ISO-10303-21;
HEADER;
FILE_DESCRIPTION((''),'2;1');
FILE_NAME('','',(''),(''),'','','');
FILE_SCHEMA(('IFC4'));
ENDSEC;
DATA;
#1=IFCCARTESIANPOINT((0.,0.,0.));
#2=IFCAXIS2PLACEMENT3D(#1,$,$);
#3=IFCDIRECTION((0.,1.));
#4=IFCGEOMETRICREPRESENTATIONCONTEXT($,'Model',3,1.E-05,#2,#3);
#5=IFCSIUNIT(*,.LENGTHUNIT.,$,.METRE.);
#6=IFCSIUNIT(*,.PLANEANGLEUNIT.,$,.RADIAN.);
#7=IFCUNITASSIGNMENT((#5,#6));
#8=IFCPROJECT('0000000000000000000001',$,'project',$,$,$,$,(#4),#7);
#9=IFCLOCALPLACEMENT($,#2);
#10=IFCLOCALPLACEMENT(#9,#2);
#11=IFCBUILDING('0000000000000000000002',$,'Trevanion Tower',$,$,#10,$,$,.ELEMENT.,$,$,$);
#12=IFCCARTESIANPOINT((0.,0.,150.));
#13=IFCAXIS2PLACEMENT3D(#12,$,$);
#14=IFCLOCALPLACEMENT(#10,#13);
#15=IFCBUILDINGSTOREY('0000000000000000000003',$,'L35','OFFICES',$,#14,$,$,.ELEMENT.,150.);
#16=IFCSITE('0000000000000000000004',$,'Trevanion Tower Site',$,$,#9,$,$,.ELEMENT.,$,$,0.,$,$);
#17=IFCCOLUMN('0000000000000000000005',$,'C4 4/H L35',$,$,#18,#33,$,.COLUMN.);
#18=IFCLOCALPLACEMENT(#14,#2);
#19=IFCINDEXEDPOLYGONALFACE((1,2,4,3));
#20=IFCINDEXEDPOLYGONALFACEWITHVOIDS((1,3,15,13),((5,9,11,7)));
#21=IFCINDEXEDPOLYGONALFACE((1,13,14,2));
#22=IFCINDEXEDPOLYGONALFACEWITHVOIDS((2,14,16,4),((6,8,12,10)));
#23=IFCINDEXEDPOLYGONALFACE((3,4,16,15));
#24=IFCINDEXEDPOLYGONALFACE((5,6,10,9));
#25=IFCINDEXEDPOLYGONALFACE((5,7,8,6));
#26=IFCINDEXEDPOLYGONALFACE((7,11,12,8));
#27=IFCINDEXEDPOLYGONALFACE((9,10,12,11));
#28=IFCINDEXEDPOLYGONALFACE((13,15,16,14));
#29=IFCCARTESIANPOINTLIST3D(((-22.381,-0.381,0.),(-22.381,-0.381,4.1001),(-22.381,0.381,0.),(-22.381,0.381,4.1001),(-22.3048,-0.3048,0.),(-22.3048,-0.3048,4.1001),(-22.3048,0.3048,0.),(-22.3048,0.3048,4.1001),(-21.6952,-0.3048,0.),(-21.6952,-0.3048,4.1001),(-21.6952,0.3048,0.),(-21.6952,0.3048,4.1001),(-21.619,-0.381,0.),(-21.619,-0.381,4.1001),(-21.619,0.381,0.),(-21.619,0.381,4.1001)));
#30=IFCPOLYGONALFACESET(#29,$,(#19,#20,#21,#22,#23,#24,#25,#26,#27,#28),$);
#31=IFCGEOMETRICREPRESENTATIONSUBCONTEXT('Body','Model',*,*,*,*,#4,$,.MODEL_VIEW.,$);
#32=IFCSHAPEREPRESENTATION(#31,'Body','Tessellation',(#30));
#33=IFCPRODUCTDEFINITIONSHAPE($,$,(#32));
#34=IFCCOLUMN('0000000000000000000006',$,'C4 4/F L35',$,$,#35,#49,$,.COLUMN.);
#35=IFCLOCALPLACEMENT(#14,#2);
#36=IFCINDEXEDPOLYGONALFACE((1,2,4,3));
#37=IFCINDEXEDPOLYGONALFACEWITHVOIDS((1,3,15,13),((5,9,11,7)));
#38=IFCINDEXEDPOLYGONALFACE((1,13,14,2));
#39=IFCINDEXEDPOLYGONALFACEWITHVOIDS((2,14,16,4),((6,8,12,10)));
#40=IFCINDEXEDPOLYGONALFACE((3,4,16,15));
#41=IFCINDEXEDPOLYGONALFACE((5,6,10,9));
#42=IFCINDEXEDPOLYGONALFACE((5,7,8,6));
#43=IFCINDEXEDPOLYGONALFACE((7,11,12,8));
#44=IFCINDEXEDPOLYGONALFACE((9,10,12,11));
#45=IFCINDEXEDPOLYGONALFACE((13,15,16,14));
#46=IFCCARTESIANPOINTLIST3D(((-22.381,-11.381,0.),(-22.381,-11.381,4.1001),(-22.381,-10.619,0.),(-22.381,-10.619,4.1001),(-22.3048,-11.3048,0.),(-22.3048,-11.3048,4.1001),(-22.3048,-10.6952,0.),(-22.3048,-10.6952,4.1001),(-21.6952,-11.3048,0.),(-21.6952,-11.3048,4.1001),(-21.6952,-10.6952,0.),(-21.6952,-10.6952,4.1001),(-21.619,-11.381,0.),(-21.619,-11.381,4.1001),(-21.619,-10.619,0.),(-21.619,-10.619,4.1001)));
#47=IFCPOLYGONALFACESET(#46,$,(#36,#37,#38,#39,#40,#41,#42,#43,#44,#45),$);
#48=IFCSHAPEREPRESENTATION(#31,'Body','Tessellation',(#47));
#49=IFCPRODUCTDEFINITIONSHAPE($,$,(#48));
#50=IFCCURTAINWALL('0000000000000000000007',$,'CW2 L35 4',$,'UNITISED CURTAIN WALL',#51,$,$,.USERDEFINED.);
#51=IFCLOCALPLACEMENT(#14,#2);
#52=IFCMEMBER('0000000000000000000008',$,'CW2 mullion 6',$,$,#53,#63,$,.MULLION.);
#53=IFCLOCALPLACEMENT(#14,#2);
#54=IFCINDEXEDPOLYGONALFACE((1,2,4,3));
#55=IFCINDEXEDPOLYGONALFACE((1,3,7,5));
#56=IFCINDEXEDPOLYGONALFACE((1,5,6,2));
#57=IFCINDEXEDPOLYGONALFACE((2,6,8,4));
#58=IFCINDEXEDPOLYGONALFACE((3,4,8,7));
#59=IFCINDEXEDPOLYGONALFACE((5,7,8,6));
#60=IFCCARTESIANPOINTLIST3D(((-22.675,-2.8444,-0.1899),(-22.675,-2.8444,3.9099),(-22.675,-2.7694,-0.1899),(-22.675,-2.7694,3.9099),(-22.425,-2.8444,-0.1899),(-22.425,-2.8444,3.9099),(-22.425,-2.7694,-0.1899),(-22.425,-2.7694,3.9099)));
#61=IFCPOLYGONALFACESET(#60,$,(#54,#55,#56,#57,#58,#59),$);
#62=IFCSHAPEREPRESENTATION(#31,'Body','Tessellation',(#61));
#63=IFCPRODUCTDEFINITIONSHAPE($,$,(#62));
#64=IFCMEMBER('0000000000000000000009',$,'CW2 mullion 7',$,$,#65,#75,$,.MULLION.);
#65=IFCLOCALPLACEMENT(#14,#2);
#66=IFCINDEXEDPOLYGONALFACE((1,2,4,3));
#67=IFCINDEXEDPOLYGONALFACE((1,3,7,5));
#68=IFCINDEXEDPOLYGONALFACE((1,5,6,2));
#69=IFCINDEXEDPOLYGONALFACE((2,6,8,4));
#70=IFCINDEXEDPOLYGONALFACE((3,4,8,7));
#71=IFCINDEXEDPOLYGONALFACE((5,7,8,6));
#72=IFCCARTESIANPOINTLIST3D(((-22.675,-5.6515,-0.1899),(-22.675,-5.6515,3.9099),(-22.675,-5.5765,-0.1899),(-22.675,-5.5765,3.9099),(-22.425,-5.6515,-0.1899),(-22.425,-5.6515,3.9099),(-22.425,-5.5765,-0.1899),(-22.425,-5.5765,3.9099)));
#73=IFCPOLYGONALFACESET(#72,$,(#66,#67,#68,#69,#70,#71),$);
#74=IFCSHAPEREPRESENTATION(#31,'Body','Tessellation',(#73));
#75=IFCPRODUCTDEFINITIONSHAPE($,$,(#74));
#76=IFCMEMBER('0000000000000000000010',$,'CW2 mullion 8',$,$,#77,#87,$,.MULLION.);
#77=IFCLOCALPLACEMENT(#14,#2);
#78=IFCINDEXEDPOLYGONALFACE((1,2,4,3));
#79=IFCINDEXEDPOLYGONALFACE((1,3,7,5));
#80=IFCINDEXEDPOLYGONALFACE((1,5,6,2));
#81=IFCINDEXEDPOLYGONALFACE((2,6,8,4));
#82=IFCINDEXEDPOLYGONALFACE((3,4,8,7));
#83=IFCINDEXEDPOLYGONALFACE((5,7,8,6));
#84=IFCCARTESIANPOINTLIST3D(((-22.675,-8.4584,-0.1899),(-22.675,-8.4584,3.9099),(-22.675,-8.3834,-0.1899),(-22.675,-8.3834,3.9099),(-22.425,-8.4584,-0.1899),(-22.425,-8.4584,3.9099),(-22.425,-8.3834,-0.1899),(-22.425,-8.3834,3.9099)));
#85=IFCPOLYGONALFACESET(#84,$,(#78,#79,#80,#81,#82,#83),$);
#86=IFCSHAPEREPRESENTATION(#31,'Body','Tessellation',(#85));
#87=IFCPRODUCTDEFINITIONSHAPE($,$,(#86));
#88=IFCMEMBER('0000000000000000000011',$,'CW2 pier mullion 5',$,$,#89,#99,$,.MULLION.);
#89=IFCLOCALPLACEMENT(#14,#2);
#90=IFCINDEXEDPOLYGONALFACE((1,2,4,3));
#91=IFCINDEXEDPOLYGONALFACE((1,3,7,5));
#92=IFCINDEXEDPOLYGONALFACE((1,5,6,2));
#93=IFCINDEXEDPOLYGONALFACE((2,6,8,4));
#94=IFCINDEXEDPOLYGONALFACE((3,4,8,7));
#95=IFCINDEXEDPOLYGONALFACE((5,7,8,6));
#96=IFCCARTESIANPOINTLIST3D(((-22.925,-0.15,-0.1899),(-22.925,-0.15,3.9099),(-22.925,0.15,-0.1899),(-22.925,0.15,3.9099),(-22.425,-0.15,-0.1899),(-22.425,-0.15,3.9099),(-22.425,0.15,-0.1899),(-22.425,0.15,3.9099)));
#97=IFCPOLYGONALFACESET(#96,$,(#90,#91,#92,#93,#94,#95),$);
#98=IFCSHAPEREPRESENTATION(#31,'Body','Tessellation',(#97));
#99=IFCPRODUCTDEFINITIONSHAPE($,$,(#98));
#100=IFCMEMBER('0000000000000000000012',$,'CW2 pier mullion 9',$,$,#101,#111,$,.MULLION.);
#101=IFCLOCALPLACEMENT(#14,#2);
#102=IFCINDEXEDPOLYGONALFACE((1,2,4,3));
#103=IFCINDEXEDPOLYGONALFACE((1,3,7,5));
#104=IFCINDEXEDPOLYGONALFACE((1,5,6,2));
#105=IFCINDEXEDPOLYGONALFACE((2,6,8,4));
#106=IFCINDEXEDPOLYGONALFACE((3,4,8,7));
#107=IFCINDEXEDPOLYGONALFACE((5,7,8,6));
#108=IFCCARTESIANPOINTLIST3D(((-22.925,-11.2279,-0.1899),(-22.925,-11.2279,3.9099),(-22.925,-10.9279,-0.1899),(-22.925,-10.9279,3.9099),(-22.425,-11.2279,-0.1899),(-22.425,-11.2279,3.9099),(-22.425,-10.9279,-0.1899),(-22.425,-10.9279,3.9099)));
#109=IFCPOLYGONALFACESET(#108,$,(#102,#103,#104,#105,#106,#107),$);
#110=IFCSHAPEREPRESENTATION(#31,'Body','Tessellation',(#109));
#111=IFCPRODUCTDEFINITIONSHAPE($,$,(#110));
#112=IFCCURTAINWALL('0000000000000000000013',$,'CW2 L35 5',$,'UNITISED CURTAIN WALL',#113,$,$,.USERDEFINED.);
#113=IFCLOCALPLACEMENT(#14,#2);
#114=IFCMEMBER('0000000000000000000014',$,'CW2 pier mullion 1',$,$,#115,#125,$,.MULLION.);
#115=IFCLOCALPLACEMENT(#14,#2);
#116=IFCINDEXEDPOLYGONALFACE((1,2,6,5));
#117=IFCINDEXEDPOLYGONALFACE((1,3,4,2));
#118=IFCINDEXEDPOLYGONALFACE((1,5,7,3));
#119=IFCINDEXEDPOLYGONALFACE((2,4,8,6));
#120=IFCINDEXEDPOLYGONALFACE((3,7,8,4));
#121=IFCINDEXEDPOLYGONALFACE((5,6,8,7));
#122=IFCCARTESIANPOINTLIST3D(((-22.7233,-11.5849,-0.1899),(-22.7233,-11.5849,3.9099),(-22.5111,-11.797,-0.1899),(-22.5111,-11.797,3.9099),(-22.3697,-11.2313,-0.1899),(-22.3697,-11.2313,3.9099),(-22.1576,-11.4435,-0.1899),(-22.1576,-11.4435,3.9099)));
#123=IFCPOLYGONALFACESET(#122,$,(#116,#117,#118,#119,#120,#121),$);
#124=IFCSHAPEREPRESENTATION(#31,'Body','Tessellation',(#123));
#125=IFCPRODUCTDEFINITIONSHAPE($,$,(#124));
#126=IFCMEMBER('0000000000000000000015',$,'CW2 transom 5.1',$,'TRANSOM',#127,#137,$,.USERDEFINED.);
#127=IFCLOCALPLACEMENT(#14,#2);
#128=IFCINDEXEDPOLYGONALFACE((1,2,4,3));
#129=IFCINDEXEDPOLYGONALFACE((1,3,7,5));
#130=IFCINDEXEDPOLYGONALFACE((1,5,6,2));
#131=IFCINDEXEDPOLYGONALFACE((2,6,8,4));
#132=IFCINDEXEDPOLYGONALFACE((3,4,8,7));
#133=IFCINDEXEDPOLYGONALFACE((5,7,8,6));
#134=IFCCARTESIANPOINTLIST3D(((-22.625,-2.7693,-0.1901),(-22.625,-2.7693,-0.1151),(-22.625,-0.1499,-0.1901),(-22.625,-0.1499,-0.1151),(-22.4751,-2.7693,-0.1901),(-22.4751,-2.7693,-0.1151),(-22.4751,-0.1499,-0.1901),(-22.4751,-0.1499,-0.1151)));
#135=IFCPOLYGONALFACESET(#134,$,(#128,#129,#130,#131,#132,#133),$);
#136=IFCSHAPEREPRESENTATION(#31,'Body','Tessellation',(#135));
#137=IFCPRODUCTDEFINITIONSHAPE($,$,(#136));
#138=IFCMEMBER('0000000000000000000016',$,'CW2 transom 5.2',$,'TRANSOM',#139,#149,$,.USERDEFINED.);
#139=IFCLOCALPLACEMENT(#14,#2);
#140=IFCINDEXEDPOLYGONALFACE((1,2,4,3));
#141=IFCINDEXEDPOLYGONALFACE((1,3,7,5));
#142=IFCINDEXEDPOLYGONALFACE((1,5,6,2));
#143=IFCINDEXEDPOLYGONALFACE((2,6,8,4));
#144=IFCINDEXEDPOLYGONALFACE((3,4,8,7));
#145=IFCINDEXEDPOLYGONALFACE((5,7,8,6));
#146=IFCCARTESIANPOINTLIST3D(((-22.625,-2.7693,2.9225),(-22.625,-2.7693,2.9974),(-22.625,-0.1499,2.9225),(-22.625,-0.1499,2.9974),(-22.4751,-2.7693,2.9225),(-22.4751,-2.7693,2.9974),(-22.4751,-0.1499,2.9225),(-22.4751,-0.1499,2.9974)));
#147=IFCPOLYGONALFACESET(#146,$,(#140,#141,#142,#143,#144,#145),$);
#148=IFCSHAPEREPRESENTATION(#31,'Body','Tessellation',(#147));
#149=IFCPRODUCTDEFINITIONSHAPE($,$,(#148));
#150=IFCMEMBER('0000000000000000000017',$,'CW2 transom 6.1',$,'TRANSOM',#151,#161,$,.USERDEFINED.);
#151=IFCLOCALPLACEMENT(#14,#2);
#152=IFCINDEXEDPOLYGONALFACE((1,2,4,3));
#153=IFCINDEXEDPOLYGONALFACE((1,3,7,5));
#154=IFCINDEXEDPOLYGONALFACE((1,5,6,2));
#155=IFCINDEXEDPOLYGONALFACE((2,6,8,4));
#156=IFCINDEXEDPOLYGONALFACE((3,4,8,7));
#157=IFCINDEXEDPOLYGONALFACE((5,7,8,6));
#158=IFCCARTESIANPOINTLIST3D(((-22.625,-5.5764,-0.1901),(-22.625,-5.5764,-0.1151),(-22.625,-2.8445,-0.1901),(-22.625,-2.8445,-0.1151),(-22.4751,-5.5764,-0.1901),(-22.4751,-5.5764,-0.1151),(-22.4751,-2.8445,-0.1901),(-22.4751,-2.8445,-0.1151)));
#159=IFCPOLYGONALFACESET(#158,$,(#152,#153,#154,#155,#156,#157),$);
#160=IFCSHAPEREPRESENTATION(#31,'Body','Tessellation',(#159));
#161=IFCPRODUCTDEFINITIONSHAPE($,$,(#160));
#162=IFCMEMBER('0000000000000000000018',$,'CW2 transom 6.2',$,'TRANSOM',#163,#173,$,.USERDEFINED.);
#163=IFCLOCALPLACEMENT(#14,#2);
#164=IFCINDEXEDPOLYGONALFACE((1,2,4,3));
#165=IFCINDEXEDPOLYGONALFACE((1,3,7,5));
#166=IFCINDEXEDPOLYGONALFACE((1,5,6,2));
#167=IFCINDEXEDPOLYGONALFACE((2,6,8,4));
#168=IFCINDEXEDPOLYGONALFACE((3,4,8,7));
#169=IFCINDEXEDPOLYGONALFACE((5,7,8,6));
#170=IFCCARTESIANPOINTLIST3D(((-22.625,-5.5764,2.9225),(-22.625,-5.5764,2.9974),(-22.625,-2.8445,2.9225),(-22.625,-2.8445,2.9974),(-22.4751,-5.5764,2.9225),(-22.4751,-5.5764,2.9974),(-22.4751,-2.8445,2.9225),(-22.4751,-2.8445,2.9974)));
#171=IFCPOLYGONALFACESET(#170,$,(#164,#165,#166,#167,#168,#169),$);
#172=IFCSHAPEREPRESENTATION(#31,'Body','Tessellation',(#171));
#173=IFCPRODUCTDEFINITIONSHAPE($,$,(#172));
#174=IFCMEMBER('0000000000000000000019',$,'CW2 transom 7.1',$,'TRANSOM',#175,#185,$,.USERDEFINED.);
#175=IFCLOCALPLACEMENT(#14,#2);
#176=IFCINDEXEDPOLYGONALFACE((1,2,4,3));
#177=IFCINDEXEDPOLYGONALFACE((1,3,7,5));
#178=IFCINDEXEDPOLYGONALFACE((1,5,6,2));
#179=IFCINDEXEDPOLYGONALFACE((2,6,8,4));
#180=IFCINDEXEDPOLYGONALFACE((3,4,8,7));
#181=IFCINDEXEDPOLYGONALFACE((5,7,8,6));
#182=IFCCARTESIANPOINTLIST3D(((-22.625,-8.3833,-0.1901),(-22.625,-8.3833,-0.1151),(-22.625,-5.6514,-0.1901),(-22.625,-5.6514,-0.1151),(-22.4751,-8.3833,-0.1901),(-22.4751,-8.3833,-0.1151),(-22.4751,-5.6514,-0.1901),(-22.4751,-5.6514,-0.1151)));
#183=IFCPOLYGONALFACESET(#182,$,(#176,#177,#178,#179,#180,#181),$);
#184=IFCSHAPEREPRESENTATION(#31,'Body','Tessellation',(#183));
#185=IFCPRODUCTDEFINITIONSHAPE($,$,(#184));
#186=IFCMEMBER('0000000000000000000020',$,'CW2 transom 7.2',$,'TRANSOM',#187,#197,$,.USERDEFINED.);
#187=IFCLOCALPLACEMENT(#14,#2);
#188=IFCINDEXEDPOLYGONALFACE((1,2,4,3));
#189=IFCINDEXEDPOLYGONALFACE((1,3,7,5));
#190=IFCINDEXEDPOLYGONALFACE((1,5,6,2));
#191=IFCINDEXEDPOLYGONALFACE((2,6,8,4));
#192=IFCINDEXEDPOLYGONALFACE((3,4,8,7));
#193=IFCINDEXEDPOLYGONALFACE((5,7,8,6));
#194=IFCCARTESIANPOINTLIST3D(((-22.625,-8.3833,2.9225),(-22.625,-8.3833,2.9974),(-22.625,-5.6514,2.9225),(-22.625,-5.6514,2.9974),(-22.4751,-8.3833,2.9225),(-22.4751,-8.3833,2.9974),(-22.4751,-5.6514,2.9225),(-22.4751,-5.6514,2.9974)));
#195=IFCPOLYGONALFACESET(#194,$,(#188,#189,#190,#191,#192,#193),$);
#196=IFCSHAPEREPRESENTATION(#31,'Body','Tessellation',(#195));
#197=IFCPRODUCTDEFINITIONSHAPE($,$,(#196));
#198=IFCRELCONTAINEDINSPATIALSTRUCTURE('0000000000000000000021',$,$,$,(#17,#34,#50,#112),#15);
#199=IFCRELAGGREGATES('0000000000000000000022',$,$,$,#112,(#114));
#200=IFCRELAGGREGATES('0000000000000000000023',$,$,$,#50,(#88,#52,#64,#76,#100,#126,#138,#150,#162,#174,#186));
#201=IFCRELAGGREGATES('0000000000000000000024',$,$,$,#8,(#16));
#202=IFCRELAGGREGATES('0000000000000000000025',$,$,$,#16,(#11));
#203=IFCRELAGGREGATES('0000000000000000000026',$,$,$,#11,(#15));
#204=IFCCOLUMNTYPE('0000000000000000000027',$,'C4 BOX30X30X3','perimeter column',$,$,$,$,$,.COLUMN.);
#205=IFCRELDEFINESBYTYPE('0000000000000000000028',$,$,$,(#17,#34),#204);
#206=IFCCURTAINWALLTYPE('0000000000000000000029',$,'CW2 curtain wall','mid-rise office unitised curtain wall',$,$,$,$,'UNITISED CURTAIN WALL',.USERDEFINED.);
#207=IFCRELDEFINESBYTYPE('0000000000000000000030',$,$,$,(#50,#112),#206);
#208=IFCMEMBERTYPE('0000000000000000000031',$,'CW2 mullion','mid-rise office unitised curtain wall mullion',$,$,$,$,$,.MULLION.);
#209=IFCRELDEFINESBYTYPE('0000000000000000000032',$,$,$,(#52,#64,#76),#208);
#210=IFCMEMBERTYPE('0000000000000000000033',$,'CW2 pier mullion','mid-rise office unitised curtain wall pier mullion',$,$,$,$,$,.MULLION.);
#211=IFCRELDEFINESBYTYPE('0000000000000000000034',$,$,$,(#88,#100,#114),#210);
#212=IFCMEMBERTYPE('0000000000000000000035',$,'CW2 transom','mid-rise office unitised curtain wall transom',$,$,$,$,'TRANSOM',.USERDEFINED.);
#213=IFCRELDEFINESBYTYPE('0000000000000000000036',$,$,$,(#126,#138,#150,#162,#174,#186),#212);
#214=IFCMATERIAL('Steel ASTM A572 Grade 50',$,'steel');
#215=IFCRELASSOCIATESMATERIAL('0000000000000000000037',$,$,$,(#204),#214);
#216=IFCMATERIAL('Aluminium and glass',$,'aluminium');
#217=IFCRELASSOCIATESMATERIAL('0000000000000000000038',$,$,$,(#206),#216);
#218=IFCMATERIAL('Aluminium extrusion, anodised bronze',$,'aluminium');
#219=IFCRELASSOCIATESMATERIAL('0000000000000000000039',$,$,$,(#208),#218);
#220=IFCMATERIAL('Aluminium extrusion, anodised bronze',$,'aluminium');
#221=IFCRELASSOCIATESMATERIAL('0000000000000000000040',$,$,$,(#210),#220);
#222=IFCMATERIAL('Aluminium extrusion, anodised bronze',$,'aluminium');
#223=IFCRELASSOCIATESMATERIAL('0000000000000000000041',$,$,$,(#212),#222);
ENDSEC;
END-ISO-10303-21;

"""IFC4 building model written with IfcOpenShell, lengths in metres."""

from ifc_helpers import new_model, si_unit, direction, frame, origin, origin_2d, place, context, subcontext, project, spatial, rectangle, hollow_rectangle, extrude, material, material_profile, profile_set, type_object, element, aggregate, save


model = new_model("IFC4")

# Units and contexts
model_context = context("Model", 3, precision=1e-05, world=origin(), true_north=direction((0.0, 1.0)))
body_context = subcontext(model_context, "Body", "Model", "MODEL_VIEW")
ifc_project = project(units=[si_unit("LENGTHUNIT", "METRE"), si_unit("PLANEANGLEUNIT", "RADIAN")], contexts=[model_context])

# Site, building, storey
site_placement = place(None, origin())
site = spatial("IfcSite", under=ifc_project, at=site_placement, Name="Trevanion Tower Site", CompositionType="ELEMENT", RefElevation=0.0)
building_placement = place(site_placement, origin())
building = spatial("IfcBuilding", under=site, at=building_placement, Name="Trevanion Tower", CompositionType="ELEMENT")
storey_placement = place(building_placement, frame((0.0, 0.0, 150.0)))
storey = spatial("IfcBuildingStorey", under=building, at=storey_placement, Name="L35", Description="OFFICES", CompositionType="ELEMENT", Elevation=150.0)

# Columns
ifc_material_1 = material(Name="Steel ASTM A572 Grade 50", Category="steel")
ifc_material_profile_1 = material_profile(ifc_material_1, hollow_rectangle(XDim=0.762, YDim=0.762, WallThickness=0.0762, at=origin_2d()), Name="BOX30X30X3")
ifc_profile_set_1 = profile_set([ifc_material_profile_1], Name="Steel ASTM A572 Grade 50")
column_type = type_object("IfcColumnType", Name="C4 BOX30X30X3", Description="perimeter column", PredefinedType="COLUMN", material=ifc_profile_set_1)
for number, where, z_axis, x_axis, name in (
    (1, (-22.0, 0.0, 0.0), (0.0, 0.0, 1.0), (0.0, 1.0, 0.0), "C4 4/H L35"),
    (2, (-22.0, -11.0, 0.0), (0.0, 0.0, 1.0), (0.0, 1.0, 0.0), "C4 4/F L35"),
):
    element("IfcColumn", number, at=place(storey_placement, frame(where, z_axis=z_axis, x_axis=x_axis)), inside=storey, type_object=column_type, Name=name, PredefinedType="COLUMN", context=body_context, shape_type="SweptSolid", body=[
        extrude(hollow_rectangle(XDim=0.762, YDim=0.762, WallThickness=0.0762, at=origin_2d()), origin(), (0.0, 0.0, 1.0), 4.1001),
    ])

# Curtain wall, members
ifc_material_2 = material(Name="Aluminium and glass", Category="aluminium")
curtain_wall_type = type_object("IfcCurtainWallType", Name="CW2 curtain wall", Description="mid-rise office unitised curtain wall", ElementType="UNITISED CURTAIN WALL", PredefinedType="USERDEFINED", material=ifc_material_2)
curtain_wall_1_placement = place(storey_placement, origin())
curtain_wall_1 = element("IfcCurtainWall", 3, at=curtain_wall_1_placement, inside=storey, type_object=curtain_wall_type, Name="CW2 L35 4", ObjectType="UNITISED CURTAIN WALL", PredefinedType="USERDEFINED")
ifc_material_3 = material(Name="Aluminium extrusion, anodised bronze", Category="aluminium")
ifc_material_profile_2 = material_profile(ifc_material_3, rectangle(XDim=0.075, YDim=0.25, at=origin_2d()), Name="CW2 mullion")
ifc_profile_set_2 = profile_set([ifc_material_profile_2], Name="Aluminium extrusion, anodised bronze")
member_type_1 = type_object("IfcMemberType", Name="CW2 mullion", Description="mid-rise office unitised curtain wall mullion", PredefinedType="MULLION", material=ifc_profile_set_2)
member_1_placement = place(storey_placement, frame((-22.55, -2.8069, -0.1899), z_axis=(0.0, 0.0, 1.0), x_axis=(0.0, -1.0, 0.0)))
member_1 = element("IfcMember", 4, at=member_1_placement, type_object=member_type_1, Name="CW2 mullion 6", PredefinedType="MULLION", context=body_context, shape_type="SweptSolid", body=[
    extrude(rectangle(XDim=0.075, YDim=0.25, at=origin_2d()), origin(), (0.0, 0.0, 1.0), 4.0999),
])
member_2_placement = place(storey_placement, frame((-22.55, -5.614, -0.1899), z_axis=(0.0, 0.0, 1.0), x_axis=(0.0, -1.0, 0.0)))
member_2 = element("IfcMember", 5, at=member_2_placement, type_object=member_type_1, Name="CW2 mullion 7", PredefinedType="MULLION", context=body_context, shape_type="SweptSolid", body=[
    extrude(rectangle(XDim=0.075, YDim=0.25, at=origin_2d()), origin(), (0.0, 0.0, 1.0), 4.0999),
])
member_3_placement = place(storey_placement, frame((-22.55, -8.4209, -0.1899), z_axis=(0.0, 0.0, 1.0), x_axis=(0.0, -1.0, 0.0)))
member_3 = element("IfcMember", 6, at=member_3_placement, type_object=member_type_1, Name="CW2 mullion 8", PredefinedType="MULLION", context=body_context, shape_type="SweptSolid", body=[
    extrude(rectangle(XDim=0.075, YDim=0.25, at=origin_2d()), origin(), (0.0, 0.0, 1.0), 4.0999),
])
ifc_material_4 = material(Name="Aluminium extrusion, anodised bronze", Category="aluminium")
ifc_material_profile_3 = material_profile(ifc_material_4, rectangle(XDim=0.3, YDim=0.5, at=origin_2d()), Name="CW2 pier mullion")
ifc_profile_set_3 = profile_set([ifc_material_profile_3], Name="Aluminium extrusion, anodised bronze")
member_type_2 = type_object("IfcMemberType", Name="CW2 pier mullion", Description="mid-rise office unitised curtain wall pier mullion", PredefinedType="MULLION", material=ifc_profile_set_3)
member_4_placement = place(storey_placement, frame((-22.675, 0.0, -0.1899), z_axis=(0.0, 0.0, 1.0), x_axis=(0.0, -1.0, 0.0)))
member_4 = element("IfcMember", 7, at=member_4_placement, type_object=member_type_2, Name="CW2 pier mullion 5", PredefinedType="MULLION", context=body_context, shape_type="SweptSolid", body=[
    extrude(rectangle(XDim=0.3, YDim=0.5, at=origin_2d()), origin(), (0.0, 0.0, 1.0), 4.0999),
])
member_5_placement = place(storey_placement, frame((-22.675, -11.0779, -0.1899), z_axis=(0.0, 0.0, 1.0), x_axis=(0.0, -1.0, 0.0)))
member_5 = element("IfcMember", 8, at=member_5_placement, type_object=member_type_2, Name="CW2 pier mullion 9", PredefinedType="MULLION", context=body_context, shape_type="SweptSolid", body=[
    extrude(rectangle(XDim=0.3, YDim=0.5, at=origin_2d()), origin(), (0.0, 0.0, 1.0), 4.0999),
])

# Curtain wall, member
curtain_wall_2_placement = place(storey_placement, origin())
curtain_wall_2 = element("IfcCurtainWall", 9, at=curtain_wall_2_placement, inside=storey, type_object=curtain_wall_type, Name="CW2 L35 5", ObjectType="UNITISED CURTAIN WALL", PredefinedType="USERDEFINED")
member_6_placement = place(storey_placement, frame((-22.4404, -11.5142, -0.1899), z_axis=(0.0, 0.0, 1.0), x_axis=(0.707107, -0.707107, 0.0)))
member_6 = element("IfcMember", 10, at=member_6_placement, type_object=member_type_2, Name="CW2 pier mullion 1", PredefinedType="MULLION", context=body_context, shape_type="SweptSolid", body=[
    extrude(rectangle(XDim=0.3, YDim=0.5, at=origin_2d()), origin(), (0.0, 0.0, 1.0), 4.0999),
])

# Members
ifc_material_5 = material(Name="Aluminium extrusion, anodised bronze", Category="aluminium")
ifc_material_profile_4 = material_profile(ifc_material_5, rectangle(XDim=0.1499, YDim=0.075, at=origin_2d()), Name="CW2 transom")
ifc_profile_set_4 = profile_set([ifc_material_profile_4], Name="Aluminium extrusion, anodised bronze")
member_type_3 = type_object("IfcMemberType", Name="CW2 transom", Description="mid-rise office unitised curtain wall transom", ElementType="TRANSOM", PredefinedType="USERDEFINED", material=ifc_profile_set_4)
member_7_placement = place(storey_placement, frame((-22.55, -0.1499, -0.1526), z_axis=(0.0, -1.0, 0.0), x_axis=(1.0, 0.0, 0.0)))
member_7 = element("IfcMember", 11, at=member_7_placement, type_object=member_type_3, Name="CW2 transom 5.1", ObjectType="TRANSOM", PredefinedType="USERDEFINED", context=body_context, shape_type="SweptSolid", body=[
    extrude(rectangle(XDim=0.1499, YDim=0.075, at=origin_2d()), origin(), (0.0, 0.0, 1.0), 2.6194),
])
member_8_placement = place(storey_placement, frame((-22.55, -0.1499, 2.96), z_axis=(0.0, -1.0, 0.0), x_axis=(1.0, 0.0, 0.0)))
member_8 = element("IfcMember", 12, at=member_8_placement, type_object=member_type_3, Name="CW2 transom 5.2", ObjectType="TRANSOM", PredefinedType="USERDEFINED", context=body_context, shape_type="SweptSolid", body=[
    extrude(rectangle(XDim=0.1499, YDim=0.075, at=origin_2d()), origin(), (0.0, 0.0, 1.0), 2.6194),
])
member_9_placement = place(storey_placement, frame((-22.55, -2.8445, -0.1526), z_axis=(0.0, -1.0, 0.0), x_axis=(1.0, 0.0, 0.0)))
member_9 = element("IfcMember", 13, at=member_9_placement, type_object=member_type_3, Name="CW2 transom 6.1", ObjectType="TRANSOM", PredefinedType="USERDEFINED", context=body_context, shape_type="SweptSolid", body=[
    extrude(rectangle(XDim=0.1499, YDim=0.075, at=origin_2d()), origin(), (0.0, 0.0, 1.0), 2.7319),
])
member_10_placement = place(storey_placement, frame((-22.55, -2.8445, 2.96), z_axis=(0.0, -1.0, 0.0), x_axis=(1.0, 0.0, 0.0)))
member_10 = element("IfcMember", 14, at=member_10_placement, type_object=member_type_3, Name="CW2 transom 6.2", ObjectType="TRANSOM", PredefinedType="USERDEFINED", context=body_context, shape_type="SweptSolid", body=[
    extrude(rectangle(XDim=0.1499, YDim=0.075, at=origin_2d()), origin(), (0.0, 0.0, 1.0), 2.7319),
])
member_11_placement = place(storey_placement, frame((-22.55, -5.6514, -0.1526), z_axis=(0.0, -1.0, 0.0), x_axis=(1.0, 0.0, 0.0)))
member_11 = element("IfcMember", 15, at=member_11_placement, type_object=member_type_3, Name="CW2 transom 7.1", ObjectType="TRANSOM", PredefinedType="USERDEFINED", context=body_context, shape_type="SweptSolid", body=[
    extrude(rectangle(XDim=0.1499, YDim=0.075, at=origin_2d()), origin(), (0.0, 0.0, 1.0), 2.7319),
])
member_12_placement = place(storey_placement, frame((-22.55, -5.6514, 2.96), z_axis=(0.0, -1.0, 0.0), x_axis=(1.0, 0.0, 0.0)))
member_12 = element("IfcMember", 16, at=member_12_placement, type_object=member_type_3, Name="CW2 transom 7.2", ObjectType="TRANSOM", PredefinedType="USERDEFINED", context=body_context, shape_type="SweptSolid", body=[
    extrude(rectangle(XDim=0.1499, YDim=0.075, at=origin_2d()), origin(), (0.0, 0.0, 1.0), 2.7319),
])
aggregate(curtain_wall_2, [member_6])

aggregate(curtain_wall_1, [member_4, member_1, member_2, member_3, member_5, member_7, member_8, member_9, member_10, member_11, member_12])

save(model, "model.ifc")
